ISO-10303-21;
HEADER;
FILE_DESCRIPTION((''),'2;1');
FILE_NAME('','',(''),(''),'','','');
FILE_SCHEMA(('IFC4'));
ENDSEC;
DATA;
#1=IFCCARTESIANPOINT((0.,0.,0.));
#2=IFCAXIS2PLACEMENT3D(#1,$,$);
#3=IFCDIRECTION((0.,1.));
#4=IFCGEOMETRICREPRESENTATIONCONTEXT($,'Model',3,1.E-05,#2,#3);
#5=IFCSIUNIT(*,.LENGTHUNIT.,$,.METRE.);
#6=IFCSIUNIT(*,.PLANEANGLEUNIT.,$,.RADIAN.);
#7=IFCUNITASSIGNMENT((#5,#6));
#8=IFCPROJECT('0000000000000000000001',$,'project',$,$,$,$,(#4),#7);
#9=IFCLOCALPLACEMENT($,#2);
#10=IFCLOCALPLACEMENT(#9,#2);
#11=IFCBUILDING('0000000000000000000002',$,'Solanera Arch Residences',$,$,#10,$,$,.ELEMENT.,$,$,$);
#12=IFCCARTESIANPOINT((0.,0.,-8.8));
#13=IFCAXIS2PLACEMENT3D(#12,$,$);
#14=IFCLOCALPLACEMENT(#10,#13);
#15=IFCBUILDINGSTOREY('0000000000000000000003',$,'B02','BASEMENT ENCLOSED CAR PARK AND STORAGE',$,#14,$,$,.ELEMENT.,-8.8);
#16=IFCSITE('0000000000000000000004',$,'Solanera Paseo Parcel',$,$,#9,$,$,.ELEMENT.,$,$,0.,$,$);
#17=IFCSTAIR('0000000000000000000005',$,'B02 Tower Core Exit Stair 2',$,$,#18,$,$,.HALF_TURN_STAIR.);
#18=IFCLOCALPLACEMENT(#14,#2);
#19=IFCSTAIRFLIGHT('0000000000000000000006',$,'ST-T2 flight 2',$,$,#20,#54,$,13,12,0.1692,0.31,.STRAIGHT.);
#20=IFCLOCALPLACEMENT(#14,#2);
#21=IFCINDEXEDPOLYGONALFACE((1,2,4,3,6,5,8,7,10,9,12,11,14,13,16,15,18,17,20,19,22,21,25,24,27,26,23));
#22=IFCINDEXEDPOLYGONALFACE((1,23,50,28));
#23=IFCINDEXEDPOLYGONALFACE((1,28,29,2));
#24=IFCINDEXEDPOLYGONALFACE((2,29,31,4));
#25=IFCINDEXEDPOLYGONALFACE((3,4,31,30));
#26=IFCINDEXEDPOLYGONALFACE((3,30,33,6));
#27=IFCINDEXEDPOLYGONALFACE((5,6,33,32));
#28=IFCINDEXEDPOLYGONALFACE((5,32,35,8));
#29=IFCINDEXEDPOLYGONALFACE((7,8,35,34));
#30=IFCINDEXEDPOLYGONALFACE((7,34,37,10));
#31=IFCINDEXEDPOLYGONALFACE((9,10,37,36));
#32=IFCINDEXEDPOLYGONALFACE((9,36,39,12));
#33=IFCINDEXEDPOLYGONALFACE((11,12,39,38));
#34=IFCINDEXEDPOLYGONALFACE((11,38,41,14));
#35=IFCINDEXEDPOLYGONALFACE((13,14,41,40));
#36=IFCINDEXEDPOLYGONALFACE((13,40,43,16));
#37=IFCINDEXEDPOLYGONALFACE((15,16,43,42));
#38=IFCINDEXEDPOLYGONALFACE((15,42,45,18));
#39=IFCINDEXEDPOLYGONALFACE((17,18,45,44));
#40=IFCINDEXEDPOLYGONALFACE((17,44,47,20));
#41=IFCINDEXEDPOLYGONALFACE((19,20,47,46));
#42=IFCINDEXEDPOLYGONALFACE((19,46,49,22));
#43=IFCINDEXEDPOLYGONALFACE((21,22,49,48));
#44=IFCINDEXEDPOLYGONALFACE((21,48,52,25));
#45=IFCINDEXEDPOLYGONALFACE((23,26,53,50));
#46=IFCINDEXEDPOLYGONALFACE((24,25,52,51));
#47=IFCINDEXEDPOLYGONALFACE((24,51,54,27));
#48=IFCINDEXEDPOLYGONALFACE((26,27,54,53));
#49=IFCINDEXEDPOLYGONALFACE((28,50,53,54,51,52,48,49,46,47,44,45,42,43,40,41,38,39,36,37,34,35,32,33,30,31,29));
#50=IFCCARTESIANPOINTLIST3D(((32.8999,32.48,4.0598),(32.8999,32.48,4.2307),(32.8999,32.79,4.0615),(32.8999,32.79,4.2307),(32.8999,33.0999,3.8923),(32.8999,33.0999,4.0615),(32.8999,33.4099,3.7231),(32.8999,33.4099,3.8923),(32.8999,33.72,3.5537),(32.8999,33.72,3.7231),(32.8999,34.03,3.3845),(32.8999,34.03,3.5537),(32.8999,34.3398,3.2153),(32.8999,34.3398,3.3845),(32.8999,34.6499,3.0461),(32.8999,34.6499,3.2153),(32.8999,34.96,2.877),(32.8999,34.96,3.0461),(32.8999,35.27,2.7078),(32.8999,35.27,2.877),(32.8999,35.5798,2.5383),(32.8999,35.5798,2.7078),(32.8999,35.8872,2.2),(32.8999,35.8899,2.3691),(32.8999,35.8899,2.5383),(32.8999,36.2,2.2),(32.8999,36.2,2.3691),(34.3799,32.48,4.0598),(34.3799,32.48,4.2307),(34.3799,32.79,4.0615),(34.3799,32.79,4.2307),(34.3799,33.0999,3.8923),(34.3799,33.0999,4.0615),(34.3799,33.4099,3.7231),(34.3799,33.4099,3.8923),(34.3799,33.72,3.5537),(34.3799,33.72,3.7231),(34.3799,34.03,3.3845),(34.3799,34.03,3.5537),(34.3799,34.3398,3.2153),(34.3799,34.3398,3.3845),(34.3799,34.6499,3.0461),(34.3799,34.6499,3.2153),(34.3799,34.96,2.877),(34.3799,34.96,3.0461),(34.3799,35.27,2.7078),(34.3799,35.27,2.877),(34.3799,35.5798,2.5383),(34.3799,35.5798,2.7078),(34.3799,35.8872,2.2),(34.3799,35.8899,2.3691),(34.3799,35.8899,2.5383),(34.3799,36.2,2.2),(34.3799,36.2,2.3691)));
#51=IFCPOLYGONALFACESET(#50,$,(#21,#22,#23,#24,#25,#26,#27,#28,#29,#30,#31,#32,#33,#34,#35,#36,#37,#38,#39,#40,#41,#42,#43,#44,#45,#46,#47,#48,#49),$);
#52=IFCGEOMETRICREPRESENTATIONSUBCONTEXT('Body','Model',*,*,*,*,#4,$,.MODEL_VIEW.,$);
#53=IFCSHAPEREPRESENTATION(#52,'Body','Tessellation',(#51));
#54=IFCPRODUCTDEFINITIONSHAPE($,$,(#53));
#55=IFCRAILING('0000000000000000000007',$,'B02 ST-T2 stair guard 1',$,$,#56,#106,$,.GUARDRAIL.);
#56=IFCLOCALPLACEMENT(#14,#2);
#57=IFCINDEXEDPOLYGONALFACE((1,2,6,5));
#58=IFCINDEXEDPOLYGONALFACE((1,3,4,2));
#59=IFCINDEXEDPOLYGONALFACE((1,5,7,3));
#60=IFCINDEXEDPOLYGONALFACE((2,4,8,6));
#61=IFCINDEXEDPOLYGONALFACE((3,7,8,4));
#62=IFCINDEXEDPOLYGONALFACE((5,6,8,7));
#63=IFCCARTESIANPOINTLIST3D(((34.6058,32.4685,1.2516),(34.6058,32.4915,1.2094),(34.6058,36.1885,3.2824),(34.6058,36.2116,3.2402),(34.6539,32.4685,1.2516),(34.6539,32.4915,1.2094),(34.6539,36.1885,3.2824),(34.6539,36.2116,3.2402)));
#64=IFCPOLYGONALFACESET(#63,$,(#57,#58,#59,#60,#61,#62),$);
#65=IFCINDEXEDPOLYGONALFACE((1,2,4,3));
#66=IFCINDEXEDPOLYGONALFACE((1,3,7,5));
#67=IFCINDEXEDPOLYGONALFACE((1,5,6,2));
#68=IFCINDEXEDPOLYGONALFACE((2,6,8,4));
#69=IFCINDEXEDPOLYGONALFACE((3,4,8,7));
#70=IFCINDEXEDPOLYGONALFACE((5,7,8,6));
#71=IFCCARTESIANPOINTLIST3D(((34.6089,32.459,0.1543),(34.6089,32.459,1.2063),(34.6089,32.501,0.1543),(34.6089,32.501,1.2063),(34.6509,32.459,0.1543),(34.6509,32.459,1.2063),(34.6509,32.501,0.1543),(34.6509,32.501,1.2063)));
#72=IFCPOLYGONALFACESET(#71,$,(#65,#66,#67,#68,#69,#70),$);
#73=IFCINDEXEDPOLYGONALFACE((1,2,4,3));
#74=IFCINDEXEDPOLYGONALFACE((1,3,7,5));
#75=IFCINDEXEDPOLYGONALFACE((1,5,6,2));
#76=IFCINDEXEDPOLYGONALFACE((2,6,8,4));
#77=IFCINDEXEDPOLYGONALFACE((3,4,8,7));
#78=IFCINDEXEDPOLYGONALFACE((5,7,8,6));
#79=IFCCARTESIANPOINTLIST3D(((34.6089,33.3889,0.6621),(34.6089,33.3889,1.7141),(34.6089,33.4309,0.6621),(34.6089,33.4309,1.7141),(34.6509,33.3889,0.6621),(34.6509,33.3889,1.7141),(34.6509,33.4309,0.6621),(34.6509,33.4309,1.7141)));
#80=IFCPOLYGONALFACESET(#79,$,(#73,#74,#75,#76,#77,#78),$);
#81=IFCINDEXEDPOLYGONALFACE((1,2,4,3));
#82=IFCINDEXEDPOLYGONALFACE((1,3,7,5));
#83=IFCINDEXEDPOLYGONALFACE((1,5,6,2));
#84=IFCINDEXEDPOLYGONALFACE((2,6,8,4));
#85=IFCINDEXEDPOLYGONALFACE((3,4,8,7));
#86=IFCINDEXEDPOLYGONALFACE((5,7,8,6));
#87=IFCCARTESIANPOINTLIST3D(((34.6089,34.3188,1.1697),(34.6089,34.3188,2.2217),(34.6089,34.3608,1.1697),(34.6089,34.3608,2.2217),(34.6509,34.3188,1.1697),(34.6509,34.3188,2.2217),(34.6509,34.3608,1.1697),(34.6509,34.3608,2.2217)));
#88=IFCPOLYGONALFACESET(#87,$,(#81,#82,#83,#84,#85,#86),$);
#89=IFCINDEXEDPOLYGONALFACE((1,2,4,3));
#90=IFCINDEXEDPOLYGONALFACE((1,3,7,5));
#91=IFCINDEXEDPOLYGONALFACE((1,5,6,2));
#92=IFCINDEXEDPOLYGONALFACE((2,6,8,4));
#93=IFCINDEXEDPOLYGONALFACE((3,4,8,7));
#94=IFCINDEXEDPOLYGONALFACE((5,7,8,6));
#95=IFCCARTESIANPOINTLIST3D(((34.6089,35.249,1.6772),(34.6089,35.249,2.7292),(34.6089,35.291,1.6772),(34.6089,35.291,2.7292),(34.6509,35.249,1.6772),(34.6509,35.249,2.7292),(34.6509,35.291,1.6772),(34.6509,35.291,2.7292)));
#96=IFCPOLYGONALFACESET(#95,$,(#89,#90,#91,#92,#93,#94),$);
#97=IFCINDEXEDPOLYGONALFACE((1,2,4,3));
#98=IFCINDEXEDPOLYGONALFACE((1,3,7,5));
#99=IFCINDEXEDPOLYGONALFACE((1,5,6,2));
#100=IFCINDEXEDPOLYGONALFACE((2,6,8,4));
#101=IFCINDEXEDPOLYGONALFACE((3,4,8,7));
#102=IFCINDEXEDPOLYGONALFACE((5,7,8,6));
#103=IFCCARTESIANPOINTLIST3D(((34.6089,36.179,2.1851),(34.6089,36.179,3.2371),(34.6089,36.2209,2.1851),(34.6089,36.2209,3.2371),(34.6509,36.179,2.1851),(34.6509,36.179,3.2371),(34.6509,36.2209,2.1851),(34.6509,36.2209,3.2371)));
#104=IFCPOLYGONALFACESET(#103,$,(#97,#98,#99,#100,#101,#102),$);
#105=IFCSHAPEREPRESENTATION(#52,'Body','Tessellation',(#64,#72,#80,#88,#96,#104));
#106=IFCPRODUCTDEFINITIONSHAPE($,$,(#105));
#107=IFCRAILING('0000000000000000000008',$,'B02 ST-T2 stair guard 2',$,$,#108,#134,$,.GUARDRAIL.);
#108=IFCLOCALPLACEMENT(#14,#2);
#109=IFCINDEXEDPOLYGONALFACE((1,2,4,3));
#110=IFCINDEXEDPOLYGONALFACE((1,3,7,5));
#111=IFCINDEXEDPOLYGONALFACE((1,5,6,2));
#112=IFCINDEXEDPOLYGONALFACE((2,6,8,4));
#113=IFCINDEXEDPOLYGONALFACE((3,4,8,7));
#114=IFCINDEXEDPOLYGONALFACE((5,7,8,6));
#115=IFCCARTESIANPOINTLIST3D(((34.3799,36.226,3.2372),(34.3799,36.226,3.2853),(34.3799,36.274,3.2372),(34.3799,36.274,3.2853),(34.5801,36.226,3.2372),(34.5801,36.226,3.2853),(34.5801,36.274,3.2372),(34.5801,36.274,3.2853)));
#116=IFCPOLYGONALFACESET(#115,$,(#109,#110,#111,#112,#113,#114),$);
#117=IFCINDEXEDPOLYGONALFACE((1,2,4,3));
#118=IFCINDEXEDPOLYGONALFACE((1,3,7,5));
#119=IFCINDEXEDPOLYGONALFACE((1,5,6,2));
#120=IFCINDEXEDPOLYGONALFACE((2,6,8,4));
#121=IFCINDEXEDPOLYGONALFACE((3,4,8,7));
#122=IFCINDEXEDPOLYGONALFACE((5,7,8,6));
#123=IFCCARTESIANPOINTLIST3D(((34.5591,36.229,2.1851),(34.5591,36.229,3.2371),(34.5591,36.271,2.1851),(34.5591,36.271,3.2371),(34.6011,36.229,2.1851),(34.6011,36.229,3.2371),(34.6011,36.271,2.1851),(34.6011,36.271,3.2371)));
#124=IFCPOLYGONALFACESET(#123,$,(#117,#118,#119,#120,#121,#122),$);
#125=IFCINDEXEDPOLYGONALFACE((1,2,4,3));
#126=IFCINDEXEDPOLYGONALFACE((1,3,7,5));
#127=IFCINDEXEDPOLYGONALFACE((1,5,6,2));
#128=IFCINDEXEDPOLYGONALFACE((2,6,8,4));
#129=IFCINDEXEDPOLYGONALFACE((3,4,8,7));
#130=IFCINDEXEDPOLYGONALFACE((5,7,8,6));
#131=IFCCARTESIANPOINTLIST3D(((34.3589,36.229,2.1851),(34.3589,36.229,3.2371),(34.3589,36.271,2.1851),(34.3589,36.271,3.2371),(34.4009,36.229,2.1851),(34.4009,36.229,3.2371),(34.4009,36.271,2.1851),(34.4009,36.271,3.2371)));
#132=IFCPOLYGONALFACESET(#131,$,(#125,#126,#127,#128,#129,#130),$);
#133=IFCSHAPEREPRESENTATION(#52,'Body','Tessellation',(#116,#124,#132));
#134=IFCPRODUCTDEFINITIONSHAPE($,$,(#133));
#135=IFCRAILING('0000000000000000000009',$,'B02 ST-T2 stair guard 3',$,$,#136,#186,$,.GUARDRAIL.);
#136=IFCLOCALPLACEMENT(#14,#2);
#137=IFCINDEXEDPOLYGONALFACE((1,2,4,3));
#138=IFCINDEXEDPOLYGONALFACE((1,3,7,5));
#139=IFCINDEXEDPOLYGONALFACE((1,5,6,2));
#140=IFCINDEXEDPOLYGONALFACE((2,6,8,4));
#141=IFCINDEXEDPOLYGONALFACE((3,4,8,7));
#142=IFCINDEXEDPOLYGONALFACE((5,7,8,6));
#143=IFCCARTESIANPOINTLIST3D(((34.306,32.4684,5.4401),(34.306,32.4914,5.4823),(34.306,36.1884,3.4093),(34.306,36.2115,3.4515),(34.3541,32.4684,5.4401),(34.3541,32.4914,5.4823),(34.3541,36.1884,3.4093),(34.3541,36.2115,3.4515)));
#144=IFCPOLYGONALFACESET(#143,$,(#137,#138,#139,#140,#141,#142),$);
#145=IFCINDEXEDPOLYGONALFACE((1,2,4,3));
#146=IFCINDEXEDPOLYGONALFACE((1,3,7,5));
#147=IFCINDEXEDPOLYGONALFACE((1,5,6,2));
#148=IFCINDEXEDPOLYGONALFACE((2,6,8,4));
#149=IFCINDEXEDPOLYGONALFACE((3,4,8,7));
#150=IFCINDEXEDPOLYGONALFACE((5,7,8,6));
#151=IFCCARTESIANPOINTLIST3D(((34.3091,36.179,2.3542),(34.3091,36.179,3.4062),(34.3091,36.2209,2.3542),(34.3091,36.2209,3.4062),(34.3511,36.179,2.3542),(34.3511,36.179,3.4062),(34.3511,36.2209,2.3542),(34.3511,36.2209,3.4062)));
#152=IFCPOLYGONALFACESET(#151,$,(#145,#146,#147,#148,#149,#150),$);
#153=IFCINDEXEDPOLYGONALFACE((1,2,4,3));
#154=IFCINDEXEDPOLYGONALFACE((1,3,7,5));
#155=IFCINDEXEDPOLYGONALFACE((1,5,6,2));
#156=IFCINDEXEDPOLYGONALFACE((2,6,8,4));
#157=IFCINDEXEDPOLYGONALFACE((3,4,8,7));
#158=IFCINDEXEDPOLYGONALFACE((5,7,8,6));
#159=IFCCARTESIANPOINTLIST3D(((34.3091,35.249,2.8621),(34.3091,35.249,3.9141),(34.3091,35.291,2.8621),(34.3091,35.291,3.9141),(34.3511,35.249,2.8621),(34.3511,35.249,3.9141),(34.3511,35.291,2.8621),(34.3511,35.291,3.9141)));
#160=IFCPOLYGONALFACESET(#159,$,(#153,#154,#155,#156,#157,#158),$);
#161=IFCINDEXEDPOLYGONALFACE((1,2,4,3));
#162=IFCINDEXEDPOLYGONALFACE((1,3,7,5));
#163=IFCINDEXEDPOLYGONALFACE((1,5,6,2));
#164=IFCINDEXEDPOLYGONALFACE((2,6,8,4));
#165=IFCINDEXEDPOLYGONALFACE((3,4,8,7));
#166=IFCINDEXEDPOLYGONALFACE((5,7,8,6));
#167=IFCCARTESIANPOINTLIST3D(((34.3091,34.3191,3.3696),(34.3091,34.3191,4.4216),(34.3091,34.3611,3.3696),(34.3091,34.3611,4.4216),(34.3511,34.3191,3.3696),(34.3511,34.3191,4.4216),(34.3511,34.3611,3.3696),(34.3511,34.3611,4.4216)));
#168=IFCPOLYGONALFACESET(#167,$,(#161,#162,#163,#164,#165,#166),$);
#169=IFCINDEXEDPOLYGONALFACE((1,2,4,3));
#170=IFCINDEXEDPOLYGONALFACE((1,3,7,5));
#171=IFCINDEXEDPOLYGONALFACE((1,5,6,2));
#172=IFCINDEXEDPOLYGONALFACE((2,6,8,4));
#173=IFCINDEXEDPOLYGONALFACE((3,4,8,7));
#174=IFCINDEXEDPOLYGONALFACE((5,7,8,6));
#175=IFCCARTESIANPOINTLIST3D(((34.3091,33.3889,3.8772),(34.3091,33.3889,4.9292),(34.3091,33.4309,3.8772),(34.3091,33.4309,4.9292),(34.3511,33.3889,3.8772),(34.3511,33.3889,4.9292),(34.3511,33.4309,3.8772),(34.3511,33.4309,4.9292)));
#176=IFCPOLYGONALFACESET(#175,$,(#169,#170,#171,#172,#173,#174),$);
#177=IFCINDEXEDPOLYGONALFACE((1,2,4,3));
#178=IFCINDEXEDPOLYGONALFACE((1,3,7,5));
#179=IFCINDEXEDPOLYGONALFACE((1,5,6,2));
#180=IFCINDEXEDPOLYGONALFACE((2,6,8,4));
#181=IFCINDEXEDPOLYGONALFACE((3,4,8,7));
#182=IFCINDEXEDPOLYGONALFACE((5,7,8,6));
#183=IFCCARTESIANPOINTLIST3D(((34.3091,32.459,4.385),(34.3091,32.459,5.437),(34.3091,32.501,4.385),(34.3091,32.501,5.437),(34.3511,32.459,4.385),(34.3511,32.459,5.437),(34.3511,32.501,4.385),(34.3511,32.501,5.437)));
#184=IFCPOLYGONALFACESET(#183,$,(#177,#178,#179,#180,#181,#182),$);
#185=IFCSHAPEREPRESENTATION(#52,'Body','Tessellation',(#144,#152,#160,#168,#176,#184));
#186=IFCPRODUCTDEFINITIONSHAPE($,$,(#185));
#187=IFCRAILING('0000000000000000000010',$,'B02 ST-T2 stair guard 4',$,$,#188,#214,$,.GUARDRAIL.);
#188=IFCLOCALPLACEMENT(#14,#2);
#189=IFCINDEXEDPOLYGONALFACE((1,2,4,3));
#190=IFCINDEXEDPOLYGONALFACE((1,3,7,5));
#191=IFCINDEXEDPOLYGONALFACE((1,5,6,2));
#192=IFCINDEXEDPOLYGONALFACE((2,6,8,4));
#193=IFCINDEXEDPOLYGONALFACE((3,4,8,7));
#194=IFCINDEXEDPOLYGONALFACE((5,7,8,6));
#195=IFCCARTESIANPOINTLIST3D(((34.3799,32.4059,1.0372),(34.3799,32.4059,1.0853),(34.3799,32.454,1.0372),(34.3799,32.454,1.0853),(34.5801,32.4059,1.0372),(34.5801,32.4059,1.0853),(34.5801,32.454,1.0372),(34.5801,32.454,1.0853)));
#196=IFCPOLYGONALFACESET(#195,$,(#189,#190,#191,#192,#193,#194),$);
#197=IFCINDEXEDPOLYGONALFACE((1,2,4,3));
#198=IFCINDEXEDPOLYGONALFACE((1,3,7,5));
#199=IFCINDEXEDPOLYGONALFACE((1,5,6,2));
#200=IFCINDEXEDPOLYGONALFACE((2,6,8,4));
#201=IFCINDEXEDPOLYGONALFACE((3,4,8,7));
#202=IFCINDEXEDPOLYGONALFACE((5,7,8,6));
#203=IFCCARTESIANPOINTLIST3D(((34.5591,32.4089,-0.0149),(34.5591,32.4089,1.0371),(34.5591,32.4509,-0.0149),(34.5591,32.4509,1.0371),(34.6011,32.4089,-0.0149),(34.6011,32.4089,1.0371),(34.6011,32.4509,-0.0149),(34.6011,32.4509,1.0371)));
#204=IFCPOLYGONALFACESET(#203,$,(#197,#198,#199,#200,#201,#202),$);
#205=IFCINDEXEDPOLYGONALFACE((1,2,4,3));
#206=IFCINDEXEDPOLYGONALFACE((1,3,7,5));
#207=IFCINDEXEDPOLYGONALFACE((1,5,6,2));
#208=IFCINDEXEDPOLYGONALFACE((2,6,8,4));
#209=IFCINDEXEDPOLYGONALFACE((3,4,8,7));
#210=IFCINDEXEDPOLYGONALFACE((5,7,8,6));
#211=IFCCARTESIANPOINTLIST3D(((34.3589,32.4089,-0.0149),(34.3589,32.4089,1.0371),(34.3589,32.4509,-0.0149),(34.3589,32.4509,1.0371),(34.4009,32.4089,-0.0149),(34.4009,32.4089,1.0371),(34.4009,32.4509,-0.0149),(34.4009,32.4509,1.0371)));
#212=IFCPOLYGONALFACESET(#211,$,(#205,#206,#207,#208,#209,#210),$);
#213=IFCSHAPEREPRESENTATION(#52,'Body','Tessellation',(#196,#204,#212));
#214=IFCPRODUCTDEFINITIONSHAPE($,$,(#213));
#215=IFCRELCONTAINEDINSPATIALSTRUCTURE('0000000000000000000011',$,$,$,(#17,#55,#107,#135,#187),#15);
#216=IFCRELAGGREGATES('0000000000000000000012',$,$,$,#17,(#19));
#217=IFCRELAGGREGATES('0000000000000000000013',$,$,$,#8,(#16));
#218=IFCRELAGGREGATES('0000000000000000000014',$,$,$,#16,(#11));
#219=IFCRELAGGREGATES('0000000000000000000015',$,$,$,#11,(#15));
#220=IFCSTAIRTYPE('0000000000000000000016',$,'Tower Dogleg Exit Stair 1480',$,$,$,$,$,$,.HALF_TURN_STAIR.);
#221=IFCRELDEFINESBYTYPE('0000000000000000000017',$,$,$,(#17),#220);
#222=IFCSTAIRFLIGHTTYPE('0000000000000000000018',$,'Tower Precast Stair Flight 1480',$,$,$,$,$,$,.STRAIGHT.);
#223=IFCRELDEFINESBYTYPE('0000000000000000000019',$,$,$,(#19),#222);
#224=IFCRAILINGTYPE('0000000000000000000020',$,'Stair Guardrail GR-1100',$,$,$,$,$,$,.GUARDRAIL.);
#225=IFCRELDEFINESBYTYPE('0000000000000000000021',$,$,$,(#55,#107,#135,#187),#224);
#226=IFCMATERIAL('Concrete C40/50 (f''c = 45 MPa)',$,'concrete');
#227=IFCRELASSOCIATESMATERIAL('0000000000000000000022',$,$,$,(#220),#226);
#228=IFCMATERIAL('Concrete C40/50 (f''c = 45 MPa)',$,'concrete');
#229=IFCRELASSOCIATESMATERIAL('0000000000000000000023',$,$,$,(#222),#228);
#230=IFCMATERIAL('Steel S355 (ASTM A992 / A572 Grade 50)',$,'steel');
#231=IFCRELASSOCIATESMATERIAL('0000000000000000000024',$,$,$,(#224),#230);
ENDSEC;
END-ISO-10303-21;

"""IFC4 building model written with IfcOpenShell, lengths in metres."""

from ifc_helpers import new_model, si_unit, direction, frame, origin, origin_2d, place, context, subcontext, project, spatial, polyline, rectangle, outline, extrude, material, type_object, element, aggregate, save


model = new_model("IFC4")

# Units and contexts
model_context = context("Model", 3, precision=1e-05, world=origin(), true_north=direction((0.0, 1.0)))
body_context = subcontext(model_context, "Body", "Model", "MODEL_VIEW")
ifc_project = project(units=[si_unit("LENGTHUNIT", "METRE"), si_unit("PLANEANGLEUNIT", "RADIAN")], contexts=[model_context])

# Site, building, storey
site_placement = place(None, origin())
site = spatial("IfcSite", under=ifc_project, at=site_placement, Name="Solanera Paseo Parcel", CompositionType="ELEMENT", RefElevation=0.0)
building_placement = place(site_placement, origin())
building = spatial("IfcBuilding", under=site, at=building_placement, Name="Solanera Arch Residences", CompositionType="ELEMENT")
storey_placement = place(building_placement, frame((0.0, 0.0, -8.8)))
storey = spatial("IfcBuildingStorey", under=building, at=storey_placement, Name="B02", Description="BASEMENT ENCLOSED CAR PARK AND STORAGE", CompositionType="ELEMENT", Elevation=-8.8)

# Stair, stair flight
ifc_material_1 = material(Name="Concrete C40/50 (f'c = 45 MPa)", Category="concrete")
stair_type = type_object("IfcStairType", Name="Tower Dogleg Exit Stair 1480", PredefinedType="HALF_TURN_STAIR", material=ifc_material_1)
stair_placement = place(storey_placement, origin())
stair = element("IfcStair", 1, at=stair_placement, inside=storey, type_object=stair_type, Name="B02 Tower Core Exit Stair 2", PredefinedType="HALF_TURN_STAIR")
ifc_material_2 = material(Name="Concrete C40/50 (f'c = 45 MPa)", Category="concrete")
stair_flight_type = type_object("IfcStairFlightType", Name="Tower Precast Stair Flight 1480", PredefinedType="STRAIGHT", material=ifc_material_2)
stair_flight_1_placement = place(storey_placement, frame((33.6399, 36.2, 2.2), z_axis=(0.0, 0.0, 1.0), x_axis=(0.0, -1.0, 0.0)))
stair_flight_1 = element("IfcStairFlight", 2, at=stair_flight_1_placement, type_object=stair_flight_type, Name="ST-T2 flight 2", NumberOfRisers=13, NumberOfTreads=12, PredefinedType="STRAIGHT", RiserHeight=0.1692, TreadLength=0.31, context=body_context, shape_type="SweptSolid", body=[
    extrude(outline(polyline([(0.0, 0.0), (0.0, 0.1692), (0.3101, 0.1692), (0.3101, 0.3384), (0.6201, 0.3384), (0.6201, 0.5078), (0.9299, 0.5078), (0.9299, 0.677), (1.24, 0.677), (1.24, 0.8462), (1.55, 0.8462), (1.55, 1.0154), (1.8601, 1.0154), (1.8601, 1.1846), (2.1699, 1.1846), (2.1699, 1.3538), (2.48, 1.3538), (2.48, 1.5232), (2.79, 1.5232), (2.79, 1.6924), (3.1001, 1.6924), (3.1001, 1.8616), (3.4099, 1.8616), (3.4099, 2.0308), (3.72, 2.0308), (3.72, 2.2), (3.72, 1.8599), (0.3127, 0.0), (0.0, 0.0)])), frame((0.0, 0.74, 0.0), z_axis=(0.0, -1.0, 0.0), x_axis=(1.0, 0.0, 0.0)), (0.0, 0.0, 1.0), 1.48),
])
aggregate(stair, [stair_flight_1])

# Railings
ifc_material_3 = material(Name="Steel S355 (ASTM A992 / A572 Grade 50)", Category="steel")
railing_type_1 = type_object("IfcRailingType", Name="Stair Guardrail GR-1100", PredefinedType="GUARDRAIL", material=ifc_material_3)
railing_1_placement = place(storey_placement, frame((34.6299, 32.48, 0.1543)))
element("IfcRailing", 3, at=railing_1_placement, inside=storey, type_object=railing_type_1, Name="B02 ST-T2 stair guard 1", PredefinedType="GUARDRAIL", context=body_context, shape_type="SweptSolid", body=[
    extrude(rectangle(XDim=0.0481, YDim=0.0481, at=origin_2d()), frame((0.0, 0.0, 1.0762), z_axis=(0.0, 0.877728, 0.479159), x_axis=(-1.0, 0.0, 0.0)), (0.0, 0.0, 1.0), 4.2383),
    extrude(rectangle(XDim=0.042, YDim=0.042, at=origin_2d()), origin(), (0.0, 0.0, 1.0), 1.052),
    extrude(rectangle(XDim=0.042, YDim=0.042, at=origin_2d()), frame((0.0, 0.9299, 0.5078)), (0.0, 0.0, 1.0), 1.052),
    extrude(rectangle(XDim=0.042, YDim=0.042, at=origin_2d()), frame((0.0, 1.8599, 1.0154)), (0.0, 0.0, 1.0), 1.052),
    extrude(rectangle(XDim=0.042, YDim=0.042, at=origin_2d()), frame((0.0, 2.79, 1.5229)), (0.0, 0.0, 1.0), 1.052),
    extrude(rectangle(XDim=0.042, YDim=0.042, at=origin_2d()), frame((0.0, 3.72, 2.0308)), (0.0, 0.0, 1.0), 1.052),
])
railing_2_placement = place(storey_placement, frame((34.5801, 36.25, 2.1851)))
element("IfcRailing", 4, at=railing_2_placement, inside=storey, type_object=railing_type_1, Name="B02 ST-T2 stair guard 2", PredefinedType="GUARDRAIL", context=body_context, shape_type="SweptSolid", body=[
    extrude(rectangle(XDim=0.0481, YDim=0.0481, at=origin_2d()), frame((0.0, 0.0, 1.0762), z_axis=(-1.0, 0.0, 0.0), x_axis=(0.0, -1.0, 0.0)), (0.0, 0.0, 1.0), 0.2002),
    extrude(rectangle(XDim=0.042, YDim=0.042, at=origin_2d()), origin(), (0.0, 0.0, 1.0), 1.052),
    extrude(rectangle(XDim=0.042, YDim=0.042, at=origin_2d()), frame((-0.2002, 0.0, 0.0)), (0.0, 0.0, 1.0), 1.052),
])
railing_3_placement = place(storey_placement, frame((34.3301, 36.2, 2.3542)))
element("IfcRailing", 5, at=railing_3_placement, inside=storey, type_object=railing_type_1, Name="B02 ST-T2 stair guard 3", PredefinedType="GUARDRAIL", context=body_context, shape_type="SweptSolid", body=[
    extrude(rectangle(XDim=0.0481, YDim=0.0481, at=origin_2d()), frame((0.0, 0.0, 1.0762), z_axis=(0.0, -0.877728, 0.479159), x_axis=(1.0, 0.0, 0.0)), (0.0, 0.0, 1.0), 4.2383),
    extrude(rectangle(XDim=0.042, YDim=0.042, at=origin_2d()), origin(), (0.0, 0.0, 1.0), 1.052),
    extrude(rectangle(XDim=0.042, YDim=0.042, at=origin_2d()), frame((0.0, -0.9299, 0.5078)), (0.0, 0.0, 1.0), 1.052),
    extrude(rectangle(XDim=0.042, YDim=0.042, at=origin_2d()), frame((0.0, -1.8599, 1.0154)), (0.0, 0.0, 1.0), 1.052),
    extrude(rectangle(XDim=0.042, YDim=0.042, at=origin_2d()), frame((0.0, -2.79, 1.5229)), (0.0, 0.0, 1.0), 1.052),
    extrude(rectangle(XDim=0.042, YDim=0.042, at=origin_2d()), frame((0.0, -3.72, 2.0308)), (0.0, 0.0, 1.0), 1.052),
])
railing_4_placement = place(storey_placement, frame((34.5801, 32.4299, -0.0149)))
element("IfcRailing", 6, at=railing_4_placement, inside=storey, type_object=railing_type_1, Name="B02 ST-T2 stair guard 4", PredefinedType="GUARDRAIL", context=body_context, shape_type="SweptSolid", body=[
    extrude(rectangle(XDim=0.0481, YDim=0.0481, at=origin_2d()), frame((0.0, 0.0, 1.0762), z_axis=(-1.0, 0.0, 0.0), x_axis=(0.0, -1.0, 0.0)), (0.0, 0.0, 1.0), 0.2002),
    extrude(rectangle(XDim=0.042, YDim=0.042, at=origin_2d()), origin(), (0.0, 0.0, 1.0), 1.052),
    extrude(rectangle(XDim=0.042, YDim=0.042, at=origin_2d()), frame((-0.2002, 0.0, 0.0)), (0.0, 0.0, 1.0), 1.052),
])

save(model, "model.ifc")
